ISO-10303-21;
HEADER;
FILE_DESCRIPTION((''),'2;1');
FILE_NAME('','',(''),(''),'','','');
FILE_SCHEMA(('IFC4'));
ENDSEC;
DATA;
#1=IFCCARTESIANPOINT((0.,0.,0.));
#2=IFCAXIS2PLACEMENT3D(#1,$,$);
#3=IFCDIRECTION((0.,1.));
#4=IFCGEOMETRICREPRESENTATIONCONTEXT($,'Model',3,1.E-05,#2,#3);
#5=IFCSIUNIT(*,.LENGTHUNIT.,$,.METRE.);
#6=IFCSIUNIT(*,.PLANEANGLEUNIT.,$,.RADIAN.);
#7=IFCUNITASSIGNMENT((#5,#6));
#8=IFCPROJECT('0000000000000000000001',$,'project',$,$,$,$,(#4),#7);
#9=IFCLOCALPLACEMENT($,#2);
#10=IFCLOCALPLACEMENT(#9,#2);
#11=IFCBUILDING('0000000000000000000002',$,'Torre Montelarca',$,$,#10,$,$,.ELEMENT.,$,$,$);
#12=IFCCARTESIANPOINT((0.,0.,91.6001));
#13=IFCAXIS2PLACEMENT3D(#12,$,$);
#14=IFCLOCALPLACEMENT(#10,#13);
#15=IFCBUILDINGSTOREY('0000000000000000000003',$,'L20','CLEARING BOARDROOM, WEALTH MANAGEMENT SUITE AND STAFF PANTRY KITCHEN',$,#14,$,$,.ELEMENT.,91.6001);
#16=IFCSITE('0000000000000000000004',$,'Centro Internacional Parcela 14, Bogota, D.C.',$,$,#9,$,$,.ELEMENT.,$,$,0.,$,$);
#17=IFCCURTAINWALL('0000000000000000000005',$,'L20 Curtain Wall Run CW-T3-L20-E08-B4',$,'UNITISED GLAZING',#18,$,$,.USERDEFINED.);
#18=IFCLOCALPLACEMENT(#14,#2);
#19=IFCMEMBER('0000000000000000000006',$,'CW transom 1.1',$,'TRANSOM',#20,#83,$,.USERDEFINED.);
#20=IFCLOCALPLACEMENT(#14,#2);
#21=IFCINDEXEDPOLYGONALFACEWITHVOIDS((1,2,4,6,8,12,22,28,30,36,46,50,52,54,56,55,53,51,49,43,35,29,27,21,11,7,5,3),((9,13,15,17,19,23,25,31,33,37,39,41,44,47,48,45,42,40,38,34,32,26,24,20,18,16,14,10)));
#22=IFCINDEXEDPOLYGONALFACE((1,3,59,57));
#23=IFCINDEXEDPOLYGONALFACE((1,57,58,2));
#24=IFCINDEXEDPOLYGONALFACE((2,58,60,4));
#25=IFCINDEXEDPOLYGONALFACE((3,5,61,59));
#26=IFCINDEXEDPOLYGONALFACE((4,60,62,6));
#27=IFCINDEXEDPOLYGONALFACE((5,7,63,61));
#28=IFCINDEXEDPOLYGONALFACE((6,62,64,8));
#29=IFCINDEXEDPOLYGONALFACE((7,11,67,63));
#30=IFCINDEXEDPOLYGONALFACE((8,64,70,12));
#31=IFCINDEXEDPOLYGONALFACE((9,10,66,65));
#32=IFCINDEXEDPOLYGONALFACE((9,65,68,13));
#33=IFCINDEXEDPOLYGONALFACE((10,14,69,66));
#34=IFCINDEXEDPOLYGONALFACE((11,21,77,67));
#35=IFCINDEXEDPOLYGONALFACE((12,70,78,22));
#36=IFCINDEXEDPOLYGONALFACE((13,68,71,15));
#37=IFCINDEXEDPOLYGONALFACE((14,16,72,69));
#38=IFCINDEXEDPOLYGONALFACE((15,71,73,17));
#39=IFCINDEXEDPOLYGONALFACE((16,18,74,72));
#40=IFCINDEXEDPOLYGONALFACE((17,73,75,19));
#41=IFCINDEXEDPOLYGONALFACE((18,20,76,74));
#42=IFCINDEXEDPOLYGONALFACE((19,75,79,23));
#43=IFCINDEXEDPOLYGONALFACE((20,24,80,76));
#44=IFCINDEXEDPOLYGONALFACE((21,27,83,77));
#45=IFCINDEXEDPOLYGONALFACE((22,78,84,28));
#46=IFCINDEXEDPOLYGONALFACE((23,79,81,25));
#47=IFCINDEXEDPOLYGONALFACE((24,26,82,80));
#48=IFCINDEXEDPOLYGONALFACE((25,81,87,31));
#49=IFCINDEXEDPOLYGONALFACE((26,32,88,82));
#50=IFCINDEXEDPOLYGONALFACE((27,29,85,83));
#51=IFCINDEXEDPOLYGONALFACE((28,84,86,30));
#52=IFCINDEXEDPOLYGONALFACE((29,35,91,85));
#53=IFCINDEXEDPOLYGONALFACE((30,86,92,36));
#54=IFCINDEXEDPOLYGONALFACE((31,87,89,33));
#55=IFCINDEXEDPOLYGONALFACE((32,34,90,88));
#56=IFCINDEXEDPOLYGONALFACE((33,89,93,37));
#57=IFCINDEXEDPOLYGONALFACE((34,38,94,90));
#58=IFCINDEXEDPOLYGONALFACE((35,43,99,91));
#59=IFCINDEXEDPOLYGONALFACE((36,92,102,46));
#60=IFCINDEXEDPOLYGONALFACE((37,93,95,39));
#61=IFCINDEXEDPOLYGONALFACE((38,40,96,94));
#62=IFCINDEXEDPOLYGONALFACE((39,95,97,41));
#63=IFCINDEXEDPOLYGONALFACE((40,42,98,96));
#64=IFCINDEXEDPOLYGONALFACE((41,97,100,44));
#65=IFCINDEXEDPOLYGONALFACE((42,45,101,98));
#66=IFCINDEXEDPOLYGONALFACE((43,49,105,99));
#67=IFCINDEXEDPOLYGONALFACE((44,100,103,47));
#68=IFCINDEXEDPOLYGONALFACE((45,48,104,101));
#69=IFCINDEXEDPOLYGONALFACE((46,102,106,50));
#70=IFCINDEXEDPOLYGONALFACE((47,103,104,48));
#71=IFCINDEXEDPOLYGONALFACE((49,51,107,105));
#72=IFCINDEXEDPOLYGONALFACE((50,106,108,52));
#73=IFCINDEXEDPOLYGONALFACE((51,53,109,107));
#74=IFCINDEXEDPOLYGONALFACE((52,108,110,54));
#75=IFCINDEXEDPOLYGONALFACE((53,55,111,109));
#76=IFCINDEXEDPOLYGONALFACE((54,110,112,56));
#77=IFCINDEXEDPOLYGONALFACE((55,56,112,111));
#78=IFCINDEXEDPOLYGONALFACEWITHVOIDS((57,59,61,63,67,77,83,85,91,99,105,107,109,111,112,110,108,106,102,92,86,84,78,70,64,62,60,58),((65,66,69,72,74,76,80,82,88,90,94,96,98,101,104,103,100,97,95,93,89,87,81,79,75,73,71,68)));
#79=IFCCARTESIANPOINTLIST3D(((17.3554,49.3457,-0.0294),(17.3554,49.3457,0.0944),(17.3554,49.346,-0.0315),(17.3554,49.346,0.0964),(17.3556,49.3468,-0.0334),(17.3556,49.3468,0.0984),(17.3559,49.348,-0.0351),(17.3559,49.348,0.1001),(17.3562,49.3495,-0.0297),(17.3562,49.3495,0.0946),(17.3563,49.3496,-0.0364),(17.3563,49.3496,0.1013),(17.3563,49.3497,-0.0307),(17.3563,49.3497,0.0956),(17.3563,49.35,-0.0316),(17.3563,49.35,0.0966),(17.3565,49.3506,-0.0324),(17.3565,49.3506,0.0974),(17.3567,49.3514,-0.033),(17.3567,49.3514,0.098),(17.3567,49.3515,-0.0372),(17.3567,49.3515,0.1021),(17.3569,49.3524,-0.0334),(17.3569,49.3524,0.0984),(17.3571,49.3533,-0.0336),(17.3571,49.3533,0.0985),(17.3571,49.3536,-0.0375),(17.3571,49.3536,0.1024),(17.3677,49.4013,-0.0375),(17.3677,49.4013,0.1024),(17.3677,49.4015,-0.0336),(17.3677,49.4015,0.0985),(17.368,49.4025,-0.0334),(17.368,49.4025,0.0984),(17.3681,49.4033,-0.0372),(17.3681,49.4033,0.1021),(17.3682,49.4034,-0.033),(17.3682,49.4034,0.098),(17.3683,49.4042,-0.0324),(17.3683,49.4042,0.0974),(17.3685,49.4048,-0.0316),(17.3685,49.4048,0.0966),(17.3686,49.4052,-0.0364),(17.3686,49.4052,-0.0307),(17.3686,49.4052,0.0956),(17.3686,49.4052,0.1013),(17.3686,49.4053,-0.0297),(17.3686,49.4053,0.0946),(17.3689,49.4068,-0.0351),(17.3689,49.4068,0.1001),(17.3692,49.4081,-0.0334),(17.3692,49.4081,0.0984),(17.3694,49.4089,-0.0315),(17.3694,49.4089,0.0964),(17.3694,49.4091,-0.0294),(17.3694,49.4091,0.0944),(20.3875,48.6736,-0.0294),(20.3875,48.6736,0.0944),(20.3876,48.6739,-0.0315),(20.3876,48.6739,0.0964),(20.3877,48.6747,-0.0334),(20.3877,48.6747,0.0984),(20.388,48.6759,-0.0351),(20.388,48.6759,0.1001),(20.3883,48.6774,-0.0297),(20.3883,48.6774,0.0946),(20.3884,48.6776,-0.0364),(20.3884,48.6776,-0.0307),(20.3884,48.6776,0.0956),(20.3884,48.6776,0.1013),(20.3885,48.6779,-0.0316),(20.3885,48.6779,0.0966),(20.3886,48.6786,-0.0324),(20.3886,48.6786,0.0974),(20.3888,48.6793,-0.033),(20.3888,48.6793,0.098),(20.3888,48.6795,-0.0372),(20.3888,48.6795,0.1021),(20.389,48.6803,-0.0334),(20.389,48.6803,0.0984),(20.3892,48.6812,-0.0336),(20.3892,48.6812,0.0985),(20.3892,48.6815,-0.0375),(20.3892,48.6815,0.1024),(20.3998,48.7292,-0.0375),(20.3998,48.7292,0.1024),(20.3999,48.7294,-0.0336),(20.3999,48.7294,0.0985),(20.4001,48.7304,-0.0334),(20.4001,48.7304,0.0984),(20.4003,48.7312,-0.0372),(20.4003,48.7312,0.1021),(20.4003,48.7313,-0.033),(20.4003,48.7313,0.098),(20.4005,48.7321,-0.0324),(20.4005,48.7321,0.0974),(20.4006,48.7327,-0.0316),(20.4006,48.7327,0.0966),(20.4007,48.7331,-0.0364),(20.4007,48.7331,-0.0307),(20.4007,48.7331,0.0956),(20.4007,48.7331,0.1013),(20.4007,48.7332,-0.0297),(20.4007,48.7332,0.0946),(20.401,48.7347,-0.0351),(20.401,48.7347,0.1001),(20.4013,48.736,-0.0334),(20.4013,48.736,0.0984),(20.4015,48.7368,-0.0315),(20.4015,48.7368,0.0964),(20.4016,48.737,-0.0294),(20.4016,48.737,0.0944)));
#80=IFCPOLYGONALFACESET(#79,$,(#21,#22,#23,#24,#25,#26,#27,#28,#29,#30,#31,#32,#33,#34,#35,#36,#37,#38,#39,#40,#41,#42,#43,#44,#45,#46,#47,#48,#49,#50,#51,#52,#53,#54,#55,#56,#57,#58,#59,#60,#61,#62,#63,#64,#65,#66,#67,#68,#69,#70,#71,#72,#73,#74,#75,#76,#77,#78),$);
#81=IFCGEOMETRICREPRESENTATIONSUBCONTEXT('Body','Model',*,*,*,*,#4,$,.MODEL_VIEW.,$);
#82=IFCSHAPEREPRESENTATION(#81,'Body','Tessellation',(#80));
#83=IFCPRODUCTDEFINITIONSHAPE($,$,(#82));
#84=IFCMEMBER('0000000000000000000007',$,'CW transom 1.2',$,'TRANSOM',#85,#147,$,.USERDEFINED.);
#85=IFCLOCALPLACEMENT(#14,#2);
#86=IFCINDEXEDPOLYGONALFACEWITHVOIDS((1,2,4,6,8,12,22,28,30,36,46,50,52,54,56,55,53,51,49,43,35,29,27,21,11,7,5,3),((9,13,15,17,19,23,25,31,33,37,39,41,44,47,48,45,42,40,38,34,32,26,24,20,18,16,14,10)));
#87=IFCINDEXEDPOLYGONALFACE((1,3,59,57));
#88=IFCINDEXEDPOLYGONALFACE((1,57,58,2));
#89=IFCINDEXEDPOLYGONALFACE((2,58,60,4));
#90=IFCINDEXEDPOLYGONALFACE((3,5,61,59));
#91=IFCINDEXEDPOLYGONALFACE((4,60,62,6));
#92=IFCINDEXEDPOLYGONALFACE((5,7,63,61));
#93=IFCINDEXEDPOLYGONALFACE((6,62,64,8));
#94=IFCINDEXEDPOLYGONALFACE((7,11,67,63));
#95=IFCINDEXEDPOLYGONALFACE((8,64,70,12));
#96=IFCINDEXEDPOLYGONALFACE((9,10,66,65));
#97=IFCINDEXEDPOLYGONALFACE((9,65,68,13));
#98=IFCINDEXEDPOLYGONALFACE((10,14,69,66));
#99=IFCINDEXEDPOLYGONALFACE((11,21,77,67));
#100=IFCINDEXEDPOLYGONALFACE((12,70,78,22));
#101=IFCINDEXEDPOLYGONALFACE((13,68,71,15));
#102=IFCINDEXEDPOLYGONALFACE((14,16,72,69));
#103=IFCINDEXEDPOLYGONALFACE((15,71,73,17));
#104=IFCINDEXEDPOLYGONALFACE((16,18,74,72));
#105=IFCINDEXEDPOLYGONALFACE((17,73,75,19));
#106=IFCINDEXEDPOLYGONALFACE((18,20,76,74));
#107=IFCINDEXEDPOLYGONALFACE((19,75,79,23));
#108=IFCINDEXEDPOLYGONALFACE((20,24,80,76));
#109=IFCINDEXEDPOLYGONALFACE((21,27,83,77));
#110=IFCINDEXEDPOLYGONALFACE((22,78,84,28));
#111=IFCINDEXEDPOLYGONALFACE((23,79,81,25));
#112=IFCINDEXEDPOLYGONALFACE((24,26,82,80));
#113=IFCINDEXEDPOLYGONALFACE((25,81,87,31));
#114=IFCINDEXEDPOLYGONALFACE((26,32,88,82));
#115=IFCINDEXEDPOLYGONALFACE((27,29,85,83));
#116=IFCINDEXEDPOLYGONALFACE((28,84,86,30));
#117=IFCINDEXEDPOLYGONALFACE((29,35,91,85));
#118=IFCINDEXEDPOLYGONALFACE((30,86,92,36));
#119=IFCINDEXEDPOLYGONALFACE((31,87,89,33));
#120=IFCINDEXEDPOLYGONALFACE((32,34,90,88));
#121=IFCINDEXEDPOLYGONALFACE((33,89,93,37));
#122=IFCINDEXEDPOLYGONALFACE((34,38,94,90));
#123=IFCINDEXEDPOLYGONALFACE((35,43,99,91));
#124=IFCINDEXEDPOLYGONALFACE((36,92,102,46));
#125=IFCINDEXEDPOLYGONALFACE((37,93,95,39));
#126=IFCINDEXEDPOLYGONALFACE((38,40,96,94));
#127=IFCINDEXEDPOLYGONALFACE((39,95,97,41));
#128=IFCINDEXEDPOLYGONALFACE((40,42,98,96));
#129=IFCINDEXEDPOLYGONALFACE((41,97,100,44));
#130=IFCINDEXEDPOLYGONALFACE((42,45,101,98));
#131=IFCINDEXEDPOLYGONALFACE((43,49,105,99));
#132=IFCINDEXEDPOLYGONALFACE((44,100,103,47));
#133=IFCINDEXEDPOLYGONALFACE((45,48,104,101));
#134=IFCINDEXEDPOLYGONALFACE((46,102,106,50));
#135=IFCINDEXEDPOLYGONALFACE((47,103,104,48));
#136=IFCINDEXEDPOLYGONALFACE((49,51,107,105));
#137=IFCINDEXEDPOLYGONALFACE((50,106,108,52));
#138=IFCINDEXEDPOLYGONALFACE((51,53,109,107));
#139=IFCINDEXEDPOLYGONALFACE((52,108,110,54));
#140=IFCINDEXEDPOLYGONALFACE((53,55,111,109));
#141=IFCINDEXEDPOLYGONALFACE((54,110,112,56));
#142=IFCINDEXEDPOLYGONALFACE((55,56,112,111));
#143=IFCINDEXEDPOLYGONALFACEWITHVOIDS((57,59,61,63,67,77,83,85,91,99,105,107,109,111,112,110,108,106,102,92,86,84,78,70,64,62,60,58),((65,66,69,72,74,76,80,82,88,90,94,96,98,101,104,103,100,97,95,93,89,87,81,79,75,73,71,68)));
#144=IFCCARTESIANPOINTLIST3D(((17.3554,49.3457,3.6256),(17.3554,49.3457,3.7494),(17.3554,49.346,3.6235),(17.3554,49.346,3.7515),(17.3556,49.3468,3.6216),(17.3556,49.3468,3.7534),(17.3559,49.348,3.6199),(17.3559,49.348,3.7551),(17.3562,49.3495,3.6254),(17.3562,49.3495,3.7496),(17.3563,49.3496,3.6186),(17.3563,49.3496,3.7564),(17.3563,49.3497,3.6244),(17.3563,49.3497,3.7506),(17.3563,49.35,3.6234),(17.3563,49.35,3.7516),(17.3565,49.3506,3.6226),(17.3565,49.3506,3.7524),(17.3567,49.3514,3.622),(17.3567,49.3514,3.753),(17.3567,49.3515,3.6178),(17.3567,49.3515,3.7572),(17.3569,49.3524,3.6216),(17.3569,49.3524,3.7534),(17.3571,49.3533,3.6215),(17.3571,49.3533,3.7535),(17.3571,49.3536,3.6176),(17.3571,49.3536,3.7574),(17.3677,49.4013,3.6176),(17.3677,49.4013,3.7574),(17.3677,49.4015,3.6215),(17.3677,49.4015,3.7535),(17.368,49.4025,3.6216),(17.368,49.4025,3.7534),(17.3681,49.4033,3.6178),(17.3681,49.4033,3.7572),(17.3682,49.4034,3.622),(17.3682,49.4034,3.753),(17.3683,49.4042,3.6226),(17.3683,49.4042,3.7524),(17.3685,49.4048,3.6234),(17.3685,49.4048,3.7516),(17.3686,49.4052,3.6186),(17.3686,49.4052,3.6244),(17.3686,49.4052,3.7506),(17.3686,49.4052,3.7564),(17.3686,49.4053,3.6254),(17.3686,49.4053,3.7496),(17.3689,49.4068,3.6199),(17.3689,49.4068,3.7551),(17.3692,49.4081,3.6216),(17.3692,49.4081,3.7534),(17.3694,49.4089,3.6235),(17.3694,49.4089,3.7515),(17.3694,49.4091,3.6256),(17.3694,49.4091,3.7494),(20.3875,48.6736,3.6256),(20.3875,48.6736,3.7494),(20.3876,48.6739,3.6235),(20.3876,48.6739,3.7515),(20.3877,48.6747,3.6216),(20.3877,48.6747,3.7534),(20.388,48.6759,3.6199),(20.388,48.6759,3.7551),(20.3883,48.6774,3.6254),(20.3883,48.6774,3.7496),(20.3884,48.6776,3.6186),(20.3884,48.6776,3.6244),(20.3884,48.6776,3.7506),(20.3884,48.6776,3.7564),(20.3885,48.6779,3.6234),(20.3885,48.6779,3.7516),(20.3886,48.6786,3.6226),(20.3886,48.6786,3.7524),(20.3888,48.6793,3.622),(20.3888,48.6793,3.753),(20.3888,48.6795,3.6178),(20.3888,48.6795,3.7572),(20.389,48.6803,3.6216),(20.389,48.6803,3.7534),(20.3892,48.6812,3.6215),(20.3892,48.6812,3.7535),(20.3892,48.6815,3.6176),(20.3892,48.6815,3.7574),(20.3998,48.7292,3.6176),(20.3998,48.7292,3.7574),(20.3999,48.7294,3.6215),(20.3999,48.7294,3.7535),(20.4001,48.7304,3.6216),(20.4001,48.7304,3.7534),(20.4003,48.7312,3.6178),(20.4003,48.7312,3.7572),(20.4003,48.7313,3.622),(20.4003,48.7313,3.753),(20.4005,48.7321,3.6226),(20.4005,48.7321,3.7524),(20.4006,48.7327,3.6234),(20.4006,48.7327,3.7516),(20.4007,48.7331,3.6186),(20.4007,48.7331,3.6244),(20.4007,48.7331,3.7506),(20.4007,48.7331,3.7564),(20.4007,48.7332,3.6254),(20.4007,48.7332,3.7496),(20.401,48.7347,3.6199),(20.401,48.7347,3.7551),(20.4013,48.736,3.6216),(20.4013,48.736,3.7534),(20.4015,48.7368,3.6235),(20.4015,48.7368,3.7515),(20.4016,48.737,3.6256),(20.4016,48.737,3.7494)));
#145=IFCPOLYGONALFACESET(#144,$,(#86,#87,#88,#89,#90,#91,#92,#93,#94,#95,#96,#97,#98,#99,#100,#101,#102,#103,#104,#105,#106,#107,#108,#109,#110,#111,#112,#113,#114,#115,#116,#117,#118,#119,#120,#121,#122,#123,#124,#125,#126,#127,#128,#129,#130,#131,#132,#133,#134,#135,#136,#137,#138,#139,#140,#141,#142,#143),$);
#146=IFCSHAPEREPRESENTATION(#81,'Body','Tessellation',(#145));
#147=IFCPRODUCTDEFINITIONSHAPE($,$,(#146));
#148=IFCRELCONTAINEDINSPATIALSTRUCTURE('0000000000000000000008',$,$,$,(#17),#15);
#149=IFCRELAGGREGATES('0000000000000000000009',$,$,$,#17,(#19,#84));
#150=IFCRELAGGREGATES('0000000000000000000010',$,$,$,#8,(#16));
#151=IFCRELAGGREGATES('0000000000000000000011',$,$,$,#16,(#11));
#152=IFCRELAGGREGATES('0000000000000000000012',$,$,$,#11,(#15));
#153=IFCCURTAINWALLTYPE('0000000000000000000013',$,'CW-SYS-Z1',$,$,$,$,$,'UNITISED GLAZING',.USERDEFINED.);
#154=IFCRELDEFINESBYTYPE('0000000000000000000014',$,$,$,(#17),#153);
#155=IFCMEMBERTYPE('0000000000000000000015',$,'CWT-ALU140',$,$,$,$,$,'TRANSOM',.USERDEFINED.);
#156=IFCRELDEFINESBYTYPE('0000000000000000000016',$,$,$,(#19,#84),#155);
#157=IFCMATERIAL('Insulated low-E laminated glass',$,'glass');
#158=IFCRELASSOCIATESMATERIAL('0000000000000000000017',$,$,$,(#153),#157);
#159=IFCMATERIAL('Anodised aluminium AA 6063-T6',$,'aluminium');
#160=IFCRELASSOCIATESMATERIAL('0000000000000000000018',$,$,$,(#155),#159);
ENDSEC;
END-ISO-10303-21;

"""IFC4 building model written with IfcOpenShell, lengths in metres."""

from ifc_helpers import new_model, si_unit, direction, frame, origin, origin_2d, place, context, subcontext, project, spatial, hollow_rectangle, extrude, source, transform, mapped, material, material_profile, profile_set, type_object, element, aggregate, save


model = new_model("IFC4")

# Units and contexts
model_context = context("Model", 3, precision=1e-05, world=origin(), true_north=direction((0.0, 1.0)))
body_context = subcontext(model_context, "Body", "Model", "MODEL_VIEW")
ifc_project = project(units=[si_unit("LENGTHUNIT", "METRE"), si_unit("PLANEANGLEUNIT", "RADIAN")], contexts=[model_context])

# Site, building, storey
site_placement = place(None, origin())
site = spatial("IfcSite", under=ifc_project, at=site_placement, Name="Centro Internacional Parcela 14, Bogota, D.C.", CompositionType="ELEMENT", RefElevation=0.0)
building_placement = place(site_placement, origin())
building = spatial("IfcBuilding", under=site, at=building_placement, Name="Torre Montelarca", CompositionType="ELEMENT")
storey_placement = place(building_placement, frame((0.0, 0.0, 91.6001)))
storey = spatial("IfcBuildingStorey", under=building, at=storey_placement, Name="L20", Description="CLEARING BOARDROOM, WEALTH MANAGEMENT SUITE AND STAFF PANTRY KITCHEN", CompositionType="ELEMENT", Elevation=91.6001)

# Curtain wall, members
ifc_material_1 = material(Name="Insulated low-E laminated glass", Category="glass")
curtain_wall_type = type_object("IfcCurtainWallType", Name="CW-SYS-Z1", ElementType="UNITISED GLAZING", PredefinedType="USERDEFINED", material=ifc_material_1)
ifc_material_2 = material(Name="Anodised aluminium AA 6063-T6", Category="aluminium")
ifc_material_profile_1 = material_profile(ifc_material_2, hollow_rectangle(XDim=0.0649, YDim=0.1399, WallThickness=0.0039, InnerFilletRadius=0.0039, OuterFilletRadius=0.0081, at=origin_2d()), Name="ALU65X140X4", Category="aluminium")
ifc_profile_set_1 = profile_set([ifc_material_profile_1], Name="Anodised aluminium AA 6063-T6")
member_type_1 = type_object("IfcMemberType", Name="CWT-ALU140", ElementType="TRANSOM", PredefinedType="USERDEFINED", material=ifc_profile_set_1)
curtain_wall_1_placement = place(storey_placement, origin())
curtain_wall_1 = element("IfcCurtainWall", 1, at=curtain_wall_1_placement, inside=storey, type_object=curtain_wall_type, Name="L20 Curtain Wall Run CW-T3-L20-E08-B4", ObjectType="UNITISED GLAZING", PredefinedType="USERDEFINED")
shared_shape_1 = source(origin(), body_context, "Body", "SweptSolid", [
    extrude(hollow_rectangle(XDim=0.0649, YDim=0.1399, WallThickness=0.0039, InnerFilletRadius=0.0039, OuterFilletRadius=0.0081, at=origin_2d()), origin(), (0.0, 0.0, 1.0), 3.1057),
])
member_1_placement = place(storey_placement, frame((20.3945, 48.7053, 0.0325), z_axis=(-0.976303, 0.216406, 0.0), x_axis=(-0.216406, -0.976303, 0.0)))
member_1 = element("IfcMember", 2, at=member_1_placement, type_object=member_type_1, Name="CW transom 1.1", ObjectType="TRANSOM", PredefinedType="USERDEFINED", context=body_context, shape_type="MappedRepresentation", body=[
    mapped(shared_shape_1, transform((0.0, 0.0, 0.0), scale=1.0)),
])
member_2_placement = place(storey_placement, frame((20.3945, 48.7053, 3.6875), z_axis=(-0.976303, 0.216406, 0.0), x_axis=(-0.216406, -0.976303, 0.0)))
member_2 = element("IfcMember", 3, at=member_2_placement, type_object=member_type_1, Name="CW transom 1.2", ObjectType="TRANSOM", PredefinedType="USERDEFINED", context=body_context, shape_type="MappedRepresentation", body=[
    mapped(shared_shape_1, transform((0.0, 0.0, 0.0), scale=1.0)),
])

aggregate(curtain_wall_1, [member_1, member_2])

save(model, "model.ifc")
